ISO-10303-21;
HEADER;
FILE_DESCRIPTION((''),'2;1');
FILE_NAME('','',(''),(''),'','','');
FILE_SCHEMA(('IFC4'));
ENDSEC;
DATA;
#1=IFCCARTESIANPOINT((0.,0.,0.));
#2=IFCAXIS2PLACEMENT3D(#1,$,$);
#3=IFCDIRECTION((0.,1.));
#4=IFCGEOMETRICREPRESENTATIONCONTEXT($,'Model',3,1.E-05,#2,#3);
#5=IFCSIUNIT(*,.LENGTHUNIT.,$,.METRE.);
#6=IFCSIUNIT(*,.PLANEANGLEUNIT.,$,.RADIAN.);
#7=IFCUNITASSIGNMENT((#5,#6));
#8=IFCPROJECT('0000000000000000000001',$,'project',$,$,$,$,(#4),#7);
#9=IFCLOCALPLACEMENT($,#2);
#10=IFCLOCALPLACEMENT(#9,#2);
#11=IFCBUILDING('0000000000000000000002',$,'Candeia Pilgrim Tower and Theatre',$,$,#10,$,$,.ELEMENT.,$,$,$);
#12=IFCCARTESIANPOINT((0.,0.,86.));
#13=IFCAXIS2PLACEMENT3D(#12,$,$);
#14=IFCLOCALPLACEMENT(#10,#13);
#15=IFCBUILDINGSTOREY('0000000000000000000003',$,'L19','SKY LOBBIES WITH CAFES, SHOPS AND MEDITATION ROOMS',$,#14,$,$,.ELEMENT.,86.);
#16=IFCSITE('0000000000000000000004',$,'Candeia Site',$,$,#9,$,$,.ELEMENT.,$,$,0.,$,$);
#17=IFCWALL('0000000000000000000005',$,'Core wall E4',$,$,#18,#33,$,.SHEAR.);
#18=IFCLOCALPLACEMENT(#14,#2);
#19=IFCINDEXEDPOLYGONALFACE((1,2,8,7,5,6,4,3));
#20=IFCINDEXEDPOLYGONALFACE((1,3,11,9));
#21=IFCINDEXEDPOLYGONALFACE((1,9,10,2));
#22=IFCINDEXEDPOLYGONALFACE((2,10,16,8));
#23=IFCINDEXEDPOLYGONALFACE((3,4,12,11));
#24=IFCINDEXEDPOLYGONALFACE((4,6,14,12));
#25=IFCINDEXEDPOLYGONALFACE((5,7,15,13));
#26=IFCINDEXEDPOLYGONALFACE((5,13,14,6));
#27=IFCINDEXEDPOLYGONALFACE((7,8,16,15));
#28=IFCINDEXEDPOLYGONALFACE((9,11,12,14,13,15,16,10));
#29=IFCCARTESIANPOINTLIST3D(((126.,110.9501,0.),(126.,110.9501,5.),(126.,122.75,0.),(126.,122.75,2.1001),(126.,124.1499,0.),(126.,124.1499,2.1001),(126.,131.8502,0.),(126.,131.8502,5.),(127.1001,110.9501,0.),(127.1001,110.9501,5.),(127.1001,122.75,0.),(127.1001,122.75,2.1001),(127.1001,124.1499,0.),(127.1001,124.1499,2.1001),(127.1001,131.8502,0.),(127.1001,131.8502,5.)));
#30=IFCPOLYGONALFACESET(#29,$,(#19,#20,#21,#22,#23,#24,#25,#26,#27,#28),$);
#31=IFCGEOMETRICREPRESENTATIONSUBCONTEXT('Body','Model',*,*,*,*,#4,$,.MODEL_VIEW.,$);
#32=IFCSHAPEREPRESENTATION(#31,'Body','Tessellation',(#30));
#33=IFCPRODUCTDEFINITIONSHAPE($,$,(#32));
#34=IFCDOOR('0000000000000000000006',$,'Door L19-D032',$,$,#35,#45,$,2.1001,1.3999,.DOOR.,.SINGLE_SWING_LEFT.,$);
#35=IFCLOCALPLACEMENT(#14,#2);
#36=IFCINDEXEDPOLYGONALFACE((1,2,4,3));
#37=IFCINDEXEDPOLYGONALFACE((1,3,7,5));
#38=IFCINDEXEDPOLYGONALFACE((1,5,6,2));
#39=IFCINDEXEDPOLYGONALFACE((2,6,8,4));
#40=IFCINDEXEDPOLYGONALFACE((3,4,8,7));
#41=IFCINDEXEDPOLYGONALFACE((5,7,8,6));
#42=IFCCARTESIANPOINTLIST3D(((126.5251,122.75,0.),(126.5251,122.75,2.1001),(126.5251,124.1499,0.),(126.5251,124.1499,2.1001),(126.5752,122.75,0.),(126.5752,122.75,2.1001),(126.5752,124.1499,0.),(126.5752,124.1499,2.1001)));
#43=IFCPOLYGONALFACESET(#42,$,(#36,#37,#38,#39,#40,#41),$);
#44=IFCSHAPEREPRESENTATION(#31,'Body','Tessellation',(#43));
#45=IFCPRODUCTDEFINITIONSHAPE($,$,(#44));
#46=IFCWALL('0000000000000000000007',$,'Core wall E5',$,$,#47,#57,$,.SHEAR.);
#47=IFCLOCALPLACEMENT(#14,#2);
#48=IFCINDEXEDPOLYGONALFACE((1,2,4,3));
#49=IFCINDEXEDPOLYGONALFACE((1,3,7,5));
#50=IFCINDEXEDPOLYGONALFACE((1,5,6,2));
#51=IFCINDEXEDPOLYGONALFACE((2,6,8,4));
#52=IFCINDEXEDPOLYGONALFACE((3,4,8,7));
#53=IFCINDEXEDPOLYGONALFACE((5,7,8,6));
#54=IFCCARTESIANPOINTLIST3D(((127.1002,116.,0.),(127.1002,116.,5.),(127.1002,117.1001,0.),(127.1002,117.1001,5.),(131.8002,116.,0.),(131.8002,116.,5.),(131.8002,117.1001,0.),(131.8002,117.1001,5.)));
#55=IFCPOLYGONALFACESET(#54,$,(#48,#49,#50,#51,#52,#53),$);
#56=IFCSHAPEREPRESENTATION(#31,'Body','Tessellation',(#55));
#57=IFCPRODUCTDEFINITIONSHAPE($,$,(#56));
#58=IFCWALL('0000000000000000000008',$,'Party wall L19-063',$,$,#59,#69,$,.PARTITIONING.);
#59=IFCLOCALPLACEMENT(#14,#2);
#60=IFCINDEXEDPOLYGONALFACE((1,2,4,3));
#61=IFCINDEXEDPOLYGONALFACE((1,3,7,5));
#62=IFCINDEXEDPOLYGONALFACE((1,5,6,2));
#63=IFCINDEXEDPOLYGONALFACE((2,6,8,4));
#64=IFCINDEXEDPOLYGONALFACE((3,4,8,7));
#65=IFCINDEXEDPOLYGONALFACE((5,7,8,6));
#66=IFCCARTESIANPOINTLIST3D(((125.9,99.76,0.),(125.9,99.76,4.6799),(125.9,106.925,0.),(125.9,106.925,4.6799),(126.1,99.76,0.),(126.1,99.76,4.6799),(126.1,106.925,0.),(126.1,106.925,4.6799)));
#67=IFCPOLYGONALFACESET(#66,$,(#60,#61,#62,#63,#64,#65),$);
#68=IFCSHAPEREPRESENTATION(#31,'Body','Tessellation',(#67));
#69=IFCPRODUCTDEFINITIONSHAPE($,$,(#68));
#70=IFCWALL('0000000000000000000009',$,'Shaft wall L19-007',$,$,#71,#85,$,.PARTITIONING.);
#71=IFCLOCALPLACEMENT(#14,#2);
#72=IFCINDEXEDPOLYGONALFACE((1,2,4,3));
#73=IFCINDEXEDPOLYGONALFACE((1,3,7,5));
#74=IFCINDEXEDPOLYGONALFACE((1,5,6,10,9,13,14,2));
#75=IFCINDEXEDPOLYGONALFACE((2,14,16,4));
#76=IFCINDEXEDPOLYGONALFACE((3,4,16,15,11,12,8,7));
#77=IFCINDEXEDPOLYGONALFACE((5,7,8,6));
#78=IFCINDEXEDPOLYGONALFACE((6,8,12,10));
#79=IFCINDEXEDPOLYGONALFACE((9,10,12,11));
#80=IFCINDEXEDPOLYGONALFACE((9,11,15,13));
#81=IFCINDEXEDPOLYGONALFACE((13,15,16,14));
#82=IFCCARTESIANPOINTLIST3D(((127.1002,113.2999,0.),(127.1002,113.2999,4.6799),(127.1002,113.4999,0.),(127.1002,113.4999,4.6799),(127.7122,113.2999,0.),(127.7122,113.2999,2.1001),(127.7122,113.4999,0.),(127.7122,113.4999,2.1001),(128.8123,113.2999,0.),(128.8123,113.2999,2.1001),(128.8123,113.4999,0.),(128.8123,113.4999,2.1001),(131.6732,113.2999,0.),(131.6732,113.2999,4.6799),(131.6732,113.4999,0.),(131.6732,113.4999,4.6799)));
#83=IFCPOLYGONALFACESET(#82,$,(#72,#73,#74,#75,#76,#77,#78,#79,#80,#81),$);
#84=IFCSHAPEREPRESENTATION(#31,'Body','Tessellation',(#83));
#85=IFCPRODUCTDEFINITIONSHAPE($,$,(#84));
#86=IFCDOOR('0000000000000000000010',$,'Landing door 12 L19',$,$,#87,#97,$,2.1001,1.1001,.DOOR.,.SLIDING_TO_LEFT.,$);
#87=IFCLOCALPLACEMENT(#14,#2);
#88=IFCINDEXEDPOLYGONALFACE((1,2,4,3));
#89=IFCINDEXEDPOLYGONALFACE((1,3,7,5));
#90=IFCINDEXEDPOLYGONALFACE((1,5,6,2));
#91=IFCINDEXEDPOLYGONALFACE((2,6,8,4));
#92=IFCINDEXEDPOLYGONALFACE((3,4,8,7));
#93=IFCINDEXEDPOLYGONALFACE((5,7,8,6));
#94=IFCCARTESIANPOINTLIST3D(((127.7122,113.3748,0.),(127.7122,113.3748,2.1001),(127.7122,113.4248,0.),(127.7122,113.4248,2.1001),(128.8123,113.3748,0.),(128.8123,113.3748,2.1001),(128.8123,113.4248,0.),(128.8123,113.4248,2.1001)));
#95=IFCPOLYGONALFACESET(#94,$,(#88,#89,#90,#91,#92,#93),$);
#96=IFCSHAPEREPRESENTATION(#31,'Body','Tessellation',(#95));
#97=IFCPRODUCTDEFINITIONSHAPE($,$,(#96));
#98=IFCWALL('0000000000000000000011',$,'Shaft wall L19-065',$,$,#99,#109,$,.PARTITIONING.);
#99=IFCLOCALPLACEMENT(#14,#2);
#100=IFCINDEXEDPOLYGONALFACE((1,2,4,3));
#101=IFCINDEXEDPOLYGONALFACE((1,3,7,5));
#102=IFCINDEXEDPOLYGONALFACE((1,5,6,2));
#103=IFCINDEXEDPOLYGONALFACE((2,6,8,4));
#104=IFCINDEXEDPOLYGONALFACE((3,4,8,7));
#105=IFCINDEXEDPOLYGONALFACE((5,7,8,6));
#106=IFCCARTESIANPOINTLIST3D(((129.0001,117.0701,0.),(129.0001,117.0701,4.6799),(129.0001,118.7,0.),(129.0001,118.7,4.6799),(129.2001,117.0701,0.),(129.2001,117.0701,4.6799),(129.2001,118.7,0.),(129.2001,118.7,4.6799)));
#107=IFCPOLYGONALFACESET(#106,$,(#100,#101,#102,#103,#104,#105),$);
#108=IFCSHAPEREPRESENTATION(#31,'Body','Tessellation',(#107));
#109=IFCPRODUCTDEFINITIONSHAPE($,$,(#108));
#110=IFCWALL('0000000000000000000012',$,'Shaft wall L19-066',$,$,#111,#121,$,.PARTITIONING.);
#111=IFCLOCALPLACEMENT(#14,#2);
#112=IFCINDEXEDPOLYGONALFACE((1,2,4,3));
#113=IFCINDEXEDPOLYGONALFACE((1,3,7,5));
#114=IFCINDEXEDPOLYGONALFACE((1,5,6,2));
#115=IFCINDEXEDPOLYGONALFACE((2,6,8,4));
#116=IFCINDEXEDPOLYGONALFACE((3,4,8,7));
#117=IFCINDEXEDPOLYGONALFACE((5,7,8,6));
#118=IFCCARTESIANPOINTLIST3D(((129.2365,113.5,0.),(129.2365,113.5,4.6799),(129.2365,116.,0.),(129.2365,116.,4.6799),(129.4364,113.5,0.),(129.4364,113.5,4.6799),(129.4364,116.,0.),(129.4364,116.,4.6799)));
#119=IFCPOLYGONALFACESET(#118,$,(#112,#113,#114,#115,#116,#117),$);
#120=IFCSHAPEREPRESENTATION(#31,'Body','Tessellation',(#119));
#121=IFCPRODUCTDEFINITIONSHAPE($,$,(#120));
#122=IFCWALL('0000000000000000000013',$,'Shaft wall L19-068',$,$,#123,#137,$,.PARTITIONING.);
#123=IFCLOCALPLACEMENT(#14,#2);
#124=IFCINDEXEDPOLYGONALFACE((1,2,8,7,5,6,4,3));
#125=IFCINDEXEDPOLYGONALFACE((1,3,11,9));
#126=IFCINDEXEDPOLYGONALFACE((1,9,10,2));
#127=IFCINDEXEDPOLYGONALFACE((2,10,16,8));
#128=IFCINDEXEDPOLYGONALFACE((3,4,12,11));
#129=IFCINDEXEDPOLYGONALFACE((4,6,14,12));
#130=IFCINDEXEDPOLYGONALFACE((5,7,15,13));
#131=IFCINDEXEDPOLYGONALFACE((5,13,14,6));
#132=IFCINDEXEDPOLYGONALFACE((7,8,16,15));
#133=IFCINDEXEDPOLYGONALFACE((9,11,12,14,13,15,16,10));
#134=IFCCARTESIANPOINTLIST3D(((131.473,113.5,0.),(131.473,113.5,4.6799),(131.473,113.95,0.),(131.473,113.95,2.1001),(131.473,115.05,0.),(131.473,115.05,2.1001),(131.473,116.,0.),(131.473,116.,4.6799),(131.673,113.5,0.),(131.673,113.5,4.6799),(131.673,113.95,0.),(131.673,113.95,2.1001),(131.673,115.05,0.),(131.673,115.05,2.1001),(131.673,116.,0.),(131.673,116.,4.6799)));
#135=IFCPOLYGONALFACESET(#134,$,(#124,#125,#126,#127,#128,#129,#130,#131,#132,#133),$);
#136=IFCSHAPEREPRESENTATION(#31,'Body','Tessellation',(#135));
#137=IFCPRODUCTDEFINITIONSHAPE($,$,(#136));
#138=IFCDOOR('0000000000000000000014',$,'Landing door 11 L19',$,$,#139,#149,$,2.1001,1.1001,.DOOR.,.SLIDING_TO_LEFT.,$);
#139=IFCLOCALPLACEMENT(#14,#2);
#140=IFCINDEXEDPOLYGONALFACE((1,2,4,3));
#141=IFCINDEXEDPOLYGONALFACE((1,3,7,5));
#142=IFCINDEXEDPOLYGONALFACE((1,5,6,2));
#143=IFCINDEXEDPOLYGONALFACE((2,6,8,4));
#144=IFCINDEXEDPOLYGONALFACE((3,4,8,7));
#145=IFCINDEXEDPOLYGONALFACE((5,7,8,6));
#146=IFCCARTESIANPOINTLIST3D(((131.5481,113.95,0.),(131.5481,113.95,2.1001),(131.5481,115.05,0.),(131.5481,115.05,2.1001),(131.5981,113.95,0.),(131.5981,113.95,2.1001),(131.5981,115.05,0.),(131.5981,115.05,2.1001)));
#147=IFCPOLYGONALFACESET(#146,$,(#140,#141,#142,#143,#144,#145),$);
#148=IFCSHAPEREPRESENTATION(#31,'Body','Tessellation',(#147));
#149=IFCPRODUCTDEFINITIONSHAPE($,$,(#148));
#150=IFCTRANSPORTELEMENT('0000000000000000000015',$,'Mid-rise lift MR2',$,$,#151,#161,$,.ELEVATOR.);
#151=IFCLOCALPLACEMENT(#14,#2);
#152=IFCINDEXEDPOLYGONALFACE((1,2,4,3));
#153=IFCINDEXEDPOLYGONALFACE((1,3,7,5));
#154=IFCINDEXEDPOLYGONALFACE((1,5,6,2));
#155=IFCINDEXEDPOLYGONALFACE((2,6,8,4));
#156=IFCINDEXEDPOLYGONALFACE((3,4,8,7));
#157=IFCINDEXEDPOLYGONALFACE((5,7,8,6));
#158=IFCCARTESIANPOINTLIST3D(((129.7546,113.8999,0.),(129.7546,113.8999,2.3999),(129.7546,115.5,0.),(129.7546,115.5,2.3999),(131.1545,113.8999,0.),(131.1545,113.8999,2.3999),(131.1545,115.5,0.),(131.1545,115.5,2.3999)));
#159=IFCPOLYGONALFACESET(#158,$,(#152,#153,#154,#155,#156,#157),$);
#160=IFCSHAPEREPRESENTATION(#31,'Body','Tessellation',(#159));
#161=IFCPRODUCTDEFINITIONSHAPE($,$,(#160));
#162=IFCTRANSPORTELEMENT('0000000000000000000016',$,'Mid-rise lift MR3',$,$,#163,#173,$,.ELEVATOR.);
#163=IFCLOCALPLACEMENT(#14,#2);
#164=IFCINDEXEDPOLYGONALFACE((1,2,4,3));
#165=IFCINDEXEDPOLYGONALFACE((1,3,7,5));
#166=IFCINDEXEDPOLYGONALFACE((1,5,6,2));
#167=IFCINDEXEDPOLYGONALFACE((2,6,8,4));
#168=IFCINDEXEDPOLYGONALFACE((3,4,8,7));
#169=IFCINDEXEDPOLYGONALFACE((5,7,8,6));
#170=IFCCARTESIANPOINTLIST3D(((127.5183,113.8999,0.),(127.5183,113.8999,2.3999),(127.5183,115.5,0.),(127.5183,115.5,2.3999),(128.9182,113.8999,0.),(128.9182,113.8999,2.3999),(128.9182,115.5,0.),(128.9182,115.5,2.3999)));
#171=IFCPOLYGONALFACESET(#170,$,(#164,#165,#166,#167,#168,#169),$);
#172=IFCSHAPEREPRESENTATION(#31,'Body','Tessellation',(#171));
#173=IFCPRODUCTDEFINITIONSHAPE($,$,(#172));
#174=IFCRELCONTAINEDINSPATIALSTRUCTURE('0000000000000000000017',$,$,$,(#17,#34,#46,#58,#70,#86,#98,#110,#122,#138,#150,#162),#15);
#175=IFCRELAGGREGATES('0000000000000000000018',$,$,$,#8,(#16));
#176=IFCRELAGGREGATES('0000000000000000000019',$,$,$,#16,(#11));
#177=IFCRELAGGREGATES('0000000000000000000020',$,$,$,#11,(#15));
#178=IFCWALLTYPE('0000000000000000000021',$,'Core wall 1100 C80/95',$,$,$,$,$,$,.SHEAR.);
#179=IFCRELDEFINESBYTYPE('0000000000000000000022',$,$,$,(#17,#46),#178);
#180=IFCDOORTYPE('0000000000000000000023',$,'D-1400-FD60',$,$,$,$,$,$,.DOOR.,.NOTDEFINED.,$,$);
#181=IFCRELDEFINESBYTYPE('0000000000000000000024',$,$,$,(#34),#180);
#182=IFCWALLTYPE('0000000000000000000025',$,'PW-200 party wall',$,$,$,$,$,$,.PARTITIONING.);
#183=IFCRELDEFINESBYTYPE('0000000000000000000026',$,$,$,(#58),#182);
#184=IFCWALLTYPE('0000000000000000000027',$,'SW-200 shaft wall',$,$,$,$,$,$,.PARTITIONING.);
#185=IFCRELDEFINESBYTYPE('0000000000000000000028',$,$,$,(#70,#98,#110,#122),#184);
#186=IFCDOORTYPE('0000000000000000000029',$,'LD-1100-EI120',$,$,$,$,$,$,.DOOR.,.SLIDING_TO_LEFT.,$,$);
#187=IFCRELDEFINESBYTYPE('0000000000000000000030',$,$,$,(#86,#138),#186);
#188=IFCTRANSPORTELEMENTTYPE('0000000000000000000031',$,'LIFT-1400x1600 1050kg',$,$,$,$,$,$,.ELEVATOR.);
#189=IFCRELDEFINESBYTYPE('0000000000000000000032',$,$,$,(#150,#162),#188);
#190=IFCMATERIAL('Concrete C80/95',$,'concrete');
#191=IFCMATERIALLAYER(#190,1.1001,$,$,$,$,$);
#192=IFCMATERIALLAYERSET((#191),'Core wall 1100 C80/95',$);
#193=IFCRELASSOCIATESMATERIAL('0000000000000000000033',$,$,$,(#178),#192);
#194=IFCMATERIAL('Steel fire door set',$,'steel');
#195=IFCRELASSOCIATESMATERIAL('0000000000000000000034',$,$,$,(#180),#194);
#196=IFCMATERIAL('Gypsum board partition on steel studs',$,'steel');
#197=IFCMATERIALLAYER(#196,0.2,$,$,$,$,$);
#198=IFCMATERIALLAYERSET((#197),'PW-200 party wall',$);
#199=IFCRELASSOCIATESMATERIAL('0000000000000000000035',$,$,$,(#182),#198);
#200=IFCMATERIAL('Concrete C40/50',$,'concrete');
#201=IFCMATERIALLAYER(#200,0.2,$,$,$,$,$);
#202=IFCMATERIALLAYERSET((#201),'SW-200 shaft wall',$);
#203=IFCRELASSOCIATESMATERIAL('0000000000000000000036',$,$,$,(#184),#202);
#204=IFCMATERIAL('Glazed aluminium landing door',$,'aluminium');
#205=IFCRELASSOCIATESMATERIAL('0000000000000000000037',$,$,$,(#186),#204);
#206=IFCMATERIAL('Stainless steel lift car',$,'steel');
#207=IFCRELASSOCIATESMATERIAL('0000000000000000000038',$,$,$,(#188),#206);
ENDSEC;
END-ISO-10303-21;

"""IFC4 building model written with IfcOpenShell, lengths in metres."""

from ifc_helpers import new_model, si_unit, direction, frame, frame_2d, origin, origin_2d, place, context, subcontext, project, spatial, rectangle, extrude, material, layer, layer_set, type_object, element, fill, save


model = new_model("IFC4")

# Units and contexts
model_context = context("Model", 3, precision=1e-05, world=origin(), true_north=direction((0.0, 1.0)))
body_context = subcontext(model_context, "Body", "Model", "MODEL_VIEW")
ifc_project = project(units=[si_unit("LENGTHUNIT", "METRE"), si_unit("PLANEANGLEUNIT", "RADIAN")], contexts=[model_context])

# Site, building, storey
site_placement = place(None, origin())
site = spatial("IfcSite", under=ifc_project, at=site_placement, Name="Candeia Site", CompositionType="ELEMENT", RefElevation=0.0)
building_placement = place(site_placement, origin())
building = spatial("IfcBuilding", under=site, at=building_placement, Name="Candeia Pilgrim Tower and Theatre", CompositionType="ELEMENT")
storey_placement = place(building_placement, frame((0.0, 0.0, 86.0)))
storey = spatial("IfcBuildingStorey", under=building, at=storey_placement, Name="L19", Description="SKY LOBBIES WITH CAFES, SHOPS AND MEDITATION ROOMS", CompositionType="ELEMENT", Elevation=86.0)

# Shared definitions
ifc_material_1 = material(Name="Concrete C80/95", Category="concrete")

# Wall, opening, door
ifc_layer_1 = layer(ifc_material_1, 1.1001)
ifc_layer_set_1 = layer_set([ifc_layer_1], Name="Core wall 1100 C80/95")
wall_type_1 = type_object("IfcWallType", Name="Core wall 1100 C80/95", PredefinedType="SHEAR", material=ifc_layer_set_1)
wall_1_placement = place(storey_placement, frame((126.55, 110.95, 0.0), z_axis=(0.0, 0.0, 1.0), x_axis=(0.0, 1.0, 0.0)))
wall_1 = element("IfcWall", 1, at=wall_1_placement, inside=storey, type_object=wall_type_1, Name="Core wall E4", PredefinedType="SHEAR", context=body_context, shape_type="SweptSolid", body=[
    extrude(rectangle(XDim=20.9001, YDim=1.1001, at=frame_2d((10.4502, 0.0))), origin(), (0.0, 0.0, 1.0), 5.0),
])
opening_1_placement = place(wall_1_placement, frame((11.8, 0.0, 0.0)))
opening_1 = element("IfcOpeningElement", 2, at=opening_1_placement, cuts=wall_1, PredefinedType="OPENING", context=body_context, shape_type="SweptSolid", body=[
    extrude(rectangle(XDim=1.3999, YDim=2.1001, at=frame_2d((0.7, 1.05))), frame((0.0, 0.5601, 0.0), z_axis=(0.0, -1.0, 0.0), x_axis=(1.0, 0.0, 0.0)), (0.0, 0.0, 1.0), 1.1201),
])
ifc_material_2 = material(Name="Steel fire door set", Category="steel")
door_type_1 = type_object("IfcDoorType", Name="D-1400-FD60", OperationType="NOTDEFINED", PredefinedType="DOOR", material=ifc_material_2)
door_1_placement = place(opening_1_placement, origin())
door_1 = element("IfcDoor", 3, at=door_1_placement, inside=storey, type_object=door_type_1, Name="Door L19-D032", OperationType="SINGLE_SWING_LEFT", OverallHeight=2.1001, OverallWidth=1.3999, PredefinedType="DOOR", context=body_context, shape_type="SweptSolid", body=[
    extrude(rectangle(XDim=1.3999, YDim=2.1001, at=frame_2d((0.7, 1.05))), frame((0.0, 0.0249, 0.0), z_axis=(0.0, -1.0, 0.0), x_axis=(1.0, 0.0, 0.0)), (0.0, 0.0, 1.0), 0.05),
])
fill(opening_1, door_1)

# Walls
wall_2_placement = place(storey_placement, frame((127.1001, 116.55, 0.0), z_axis=(0.0, 0.0, 1.0), x_axis=(1.0, 0.0, 0.0)))
element("IfcWall", 4, at=wall_2_placement, inside=storey, type_object=wall_type_1, Name="Core wall E5", PredefinedType="SHEAR", context=body_context, shape_type="SweptSolid", body=[
    extrude(rectangle(XDim=4.7, YDim=1.1001, at=frame_2d((2.3501, 0.0))), origin(), (0.0, 0.0, 1.0), 5.0),
])
ifc_material_3 = material(Name="Gypsum board partition on steel studs", Category="steel")
ifc_layer_2 = layer(ifc_material_3, 0.2)
ifc_layer_set_2 = layer_set([ifc_layer_2], Name="PW-200 party wall")
wall_type_2 = type_object("IfcWallType", Name="PW-200 party wall", PredefinedType="PARTITIONING", material=ifc_layer_set_2)
wall_3_placement = place(storey_placement, frame((126.0, 99.76, 0.0), z_axis=(0.0, 0.0, 1.0), x_axis=(0.0, 1.0, 0.0)))
element("IfcWall", 5, at=wall_3_placement, inside=storey, type_object=wall_type_2, Name="Party wall L19-063", PredefinedType="PARTITIONING", context=body_context, shape_type="SweptSolid", body=[
    extrude(rectangle(XDim=7.165, YDim=0.2, at=frame_2d((3.5825, 0.0))), origin(), (0.0, 0.0, 1.0), 4.6799),
])

# Wall, opening, door
ifc_material_4 = material(Name="Concrete C40/50", Category="concrete")
ifc_layer_3 = layer(ifc_material_4, 0.2)
ifc_layer_set_3 = layer_set([ifc_layer_3], Name="SW-200 shaft wall")
wall_type_3 = type_object("IfcWallType", Name="SW-200 shaft wall", PredefinedType="PARTITIONING", material=ifc_layer_set_3)
wall_4_placement = place(storey_placement, frame((127.1001, 113.3999, 0.0), z_axis=(0.0, 0.0, 1.0), x_axis=(1.0, 0.0, 0.0)))
wall_4 = element("IfcWall", 6, at=wall_4_placement, inside=storey, type_object=wall_type_3, Name="Shaft wall L19-007", PredefinedType="PARTITIONING", context=body_context, shape_type="SweptSolid", body=[
    extrude(rectangle(XDim=4.573, YDim=0.2, at=frame_2d((2.2866, 0.0))), origin(), (0.0, 0.0, 1.0), 4.6799),
])
opening_2_placement = place(wall_4_placement, frame((0.6121, 0.0, 0.0)))
opening_2 = element("IfcOpeningElement", 7, at=opening_2_placement, cuts=wall_4, PredefinedType="OPENING", context=body_context, shape_type="SweptSolid", body=[
    extrude(rectangle(XDim=1.1001, YDim=2.1001, at=frame_2d((0.55, 1.05))), frame((0.0, 0.1099, 0.0), z_axis=(0.0, -1.0, 0.0), x_axis=(1.0, 0.0, 0.0)), (0.0, 0.0, 1.0), 0.22),
])
ifc_material_5 = material(Name="Glazed aluminium landing door", Category="aluminium")
door_type_2 = type_object("IfcDoorType", Name="LD-1100-EI120", OperationType="SLIDING_TO_LEFT", PredefinedType="DOOR", material=ifc_material_5)
door_2_placement = place(opening_2_placement, origin())
door_2 = element("IfcDoor", 8, at=door_2_placement, inside=storey, type_object=door_type_2, Name="Landing door 12 L19", OperationType="SLIDING_TO_LEFT", OverallHeight=2.1001, OverallWidth=1.1001, PredefinedType="DOOR", context=body_context, shape_type="SweptSolid", body=[
    extrude(rectangle(XDim=1.1001, YDim=2.1001, at=frame_2d((0.55, 1.05))), frame((0.0, 0.0249, 0.0), z_axis=(0.0, -1.0, 0.0), x_axis=(1.0, 0.0, 0.0)), (0.0, 0.0, 1.0), 0.05),
])
fill(opening_2, door_2)

# Walls
wall_5_placement = place(storey_placement, frame((129.1001, 117.0701, 0.0), z_axis=(0.0, 0.0, 1.0), x_axis=(0.0, 1.0, 0.0)))
element("IfcWall", 9, at=wall_5_placement, inside=storey, type_object=wall_type_3, Name="Shaft wall L19-065", PredefinedType="PARTITIONING", context=body_context, shape_type="SweptSolid", body=[
    extrude(rectangle(XDim=1.6299, YDim=0.2, at=frame_2d((0.8149, 0.0))), origin(), (0.0, 0.0, 1.0), 4.6799),
])
wall_6_placement = place(storey_placement, frame((129.3364, 113.5, 0.0), z_axis=(0.0, 0.0, 1.0), x_axis=(0.0, 1.0, 0.0)))
element("IfcWall", 10, at=wall_6_placement, inside=storey, type_object=wall_type_3, Name="Shaft wall L19-066", PredefinedType="PARTITIONING", context=body_context, shape_type="SweptSolid", body=[
    extrude(rectangle(XDim=2.5, YDim=0.2, at=frame_2d((1.25, 0.0))), origin(), (0.0, 0.0, 1.0), 4.6799),
])

# Wall, opening, door
wall_7_placement = place(storey_placement, frame((131.573, 113.5, 0.0), z_axis=(0.0, 0.0, 1.0), x_axis=(0.0, 1.0, 0.0)))
wall_7 = element("IfcWall", 11, at=wall_7_placement, inside=storey, type_object=wall_type_3, Name="Shaft wall L19-068", PredefinedType="PARTITIONING", context=body_context, shape_type="SweptSolid", body=[
    extrude(rectangle(XDim=2.5, YDim=0.2, at=frame_2d((1.25, 0.0))), origin(), (0.0, 0.0, 1.0), 4.6799),
])
opening_3_placement = place(wall_7_placement, frame((0.45, 0.0, 0.0)))
opening_3 = element("IfcOpeningElement", 12, at=opening_3_placement, cuts=wall_7, PredefinedType="OPENING", context=body_context, shape_type="SweptSolid", body=[
    extrude(rectangle(XDim=1.1001, YDim=2.1001, at=frame_2d((0.55, 1.05))), frame((0.0, 0.1099, 0.0), z_axis=(0.0, -1.0, 0.0), x_axis=(1.0, 0.0, 0.0)), (0.0, 0.0, 1.0), 0.22),
])
door_3_placement = place(opening_3_placement, origin())
door_3 = element("IfcDoor", 13, at=door_3_placement, inside=storey, type_object=door_type_2, Name="Landing door 11 L19", OperationType="SLIDING_TO_LEFT", OverallHeight=2.1001, OverallWidth=1.1001, PredefinedType="DOOR", context=body_context, shape_type="SweptSolid", body=[
    extrude(rectangle(XDim=1.1001, YDim=2.1001, at=frame_2d((0.55, 1.05))), frame((0.0, 0.0249, 0.0), z_axis=(0.0, -1.0, 0.0), x_axis=(1.0, 0.0, 0.0)), (0.0, 0.0, 1.0), 0.05),
])
fill(opening_3, door_3)

# Transport elements
ifc_material_6 = material(Name="Stainless steel lift car", Category="steel")
transport_element_type = type_object("IfcTransportElementType", Name="LIFT-1400x1600 1050kg", PredefinedType="ELEVATOR", material=ifc_material_6)
for number, where, z_axis, x_axis, name in (
    (14, (130.4546, 114.7, 0.0), (0.0, 0.0, 1.0), (1.0, 0.0, 0.0), "Mid-rise lift MR2"),
    (15, (128.2183, 114.7, 0.0), (0.0, 0.0, 1.0), (1.0, 0.0, 0.0), "Mid-rise lift MR3"),
):
    element("IfcTransportElement", number, at=place(storey_placement, frame(where, z_axis=z_axis, x_axis=x_axis)), inside=storey, type_object=transport_element_type, Name=name, PredefinedType="ELEVATOR", context=body_context, shape_type="SweptSolid", body=[
        extrude(rectangle(XDim=1.3999, YDim=1.6001, at=origin_2d()), origin(), (0.0, 0.0, 1.0), 2.3999),
    ])

save(model, "model.ifc")
